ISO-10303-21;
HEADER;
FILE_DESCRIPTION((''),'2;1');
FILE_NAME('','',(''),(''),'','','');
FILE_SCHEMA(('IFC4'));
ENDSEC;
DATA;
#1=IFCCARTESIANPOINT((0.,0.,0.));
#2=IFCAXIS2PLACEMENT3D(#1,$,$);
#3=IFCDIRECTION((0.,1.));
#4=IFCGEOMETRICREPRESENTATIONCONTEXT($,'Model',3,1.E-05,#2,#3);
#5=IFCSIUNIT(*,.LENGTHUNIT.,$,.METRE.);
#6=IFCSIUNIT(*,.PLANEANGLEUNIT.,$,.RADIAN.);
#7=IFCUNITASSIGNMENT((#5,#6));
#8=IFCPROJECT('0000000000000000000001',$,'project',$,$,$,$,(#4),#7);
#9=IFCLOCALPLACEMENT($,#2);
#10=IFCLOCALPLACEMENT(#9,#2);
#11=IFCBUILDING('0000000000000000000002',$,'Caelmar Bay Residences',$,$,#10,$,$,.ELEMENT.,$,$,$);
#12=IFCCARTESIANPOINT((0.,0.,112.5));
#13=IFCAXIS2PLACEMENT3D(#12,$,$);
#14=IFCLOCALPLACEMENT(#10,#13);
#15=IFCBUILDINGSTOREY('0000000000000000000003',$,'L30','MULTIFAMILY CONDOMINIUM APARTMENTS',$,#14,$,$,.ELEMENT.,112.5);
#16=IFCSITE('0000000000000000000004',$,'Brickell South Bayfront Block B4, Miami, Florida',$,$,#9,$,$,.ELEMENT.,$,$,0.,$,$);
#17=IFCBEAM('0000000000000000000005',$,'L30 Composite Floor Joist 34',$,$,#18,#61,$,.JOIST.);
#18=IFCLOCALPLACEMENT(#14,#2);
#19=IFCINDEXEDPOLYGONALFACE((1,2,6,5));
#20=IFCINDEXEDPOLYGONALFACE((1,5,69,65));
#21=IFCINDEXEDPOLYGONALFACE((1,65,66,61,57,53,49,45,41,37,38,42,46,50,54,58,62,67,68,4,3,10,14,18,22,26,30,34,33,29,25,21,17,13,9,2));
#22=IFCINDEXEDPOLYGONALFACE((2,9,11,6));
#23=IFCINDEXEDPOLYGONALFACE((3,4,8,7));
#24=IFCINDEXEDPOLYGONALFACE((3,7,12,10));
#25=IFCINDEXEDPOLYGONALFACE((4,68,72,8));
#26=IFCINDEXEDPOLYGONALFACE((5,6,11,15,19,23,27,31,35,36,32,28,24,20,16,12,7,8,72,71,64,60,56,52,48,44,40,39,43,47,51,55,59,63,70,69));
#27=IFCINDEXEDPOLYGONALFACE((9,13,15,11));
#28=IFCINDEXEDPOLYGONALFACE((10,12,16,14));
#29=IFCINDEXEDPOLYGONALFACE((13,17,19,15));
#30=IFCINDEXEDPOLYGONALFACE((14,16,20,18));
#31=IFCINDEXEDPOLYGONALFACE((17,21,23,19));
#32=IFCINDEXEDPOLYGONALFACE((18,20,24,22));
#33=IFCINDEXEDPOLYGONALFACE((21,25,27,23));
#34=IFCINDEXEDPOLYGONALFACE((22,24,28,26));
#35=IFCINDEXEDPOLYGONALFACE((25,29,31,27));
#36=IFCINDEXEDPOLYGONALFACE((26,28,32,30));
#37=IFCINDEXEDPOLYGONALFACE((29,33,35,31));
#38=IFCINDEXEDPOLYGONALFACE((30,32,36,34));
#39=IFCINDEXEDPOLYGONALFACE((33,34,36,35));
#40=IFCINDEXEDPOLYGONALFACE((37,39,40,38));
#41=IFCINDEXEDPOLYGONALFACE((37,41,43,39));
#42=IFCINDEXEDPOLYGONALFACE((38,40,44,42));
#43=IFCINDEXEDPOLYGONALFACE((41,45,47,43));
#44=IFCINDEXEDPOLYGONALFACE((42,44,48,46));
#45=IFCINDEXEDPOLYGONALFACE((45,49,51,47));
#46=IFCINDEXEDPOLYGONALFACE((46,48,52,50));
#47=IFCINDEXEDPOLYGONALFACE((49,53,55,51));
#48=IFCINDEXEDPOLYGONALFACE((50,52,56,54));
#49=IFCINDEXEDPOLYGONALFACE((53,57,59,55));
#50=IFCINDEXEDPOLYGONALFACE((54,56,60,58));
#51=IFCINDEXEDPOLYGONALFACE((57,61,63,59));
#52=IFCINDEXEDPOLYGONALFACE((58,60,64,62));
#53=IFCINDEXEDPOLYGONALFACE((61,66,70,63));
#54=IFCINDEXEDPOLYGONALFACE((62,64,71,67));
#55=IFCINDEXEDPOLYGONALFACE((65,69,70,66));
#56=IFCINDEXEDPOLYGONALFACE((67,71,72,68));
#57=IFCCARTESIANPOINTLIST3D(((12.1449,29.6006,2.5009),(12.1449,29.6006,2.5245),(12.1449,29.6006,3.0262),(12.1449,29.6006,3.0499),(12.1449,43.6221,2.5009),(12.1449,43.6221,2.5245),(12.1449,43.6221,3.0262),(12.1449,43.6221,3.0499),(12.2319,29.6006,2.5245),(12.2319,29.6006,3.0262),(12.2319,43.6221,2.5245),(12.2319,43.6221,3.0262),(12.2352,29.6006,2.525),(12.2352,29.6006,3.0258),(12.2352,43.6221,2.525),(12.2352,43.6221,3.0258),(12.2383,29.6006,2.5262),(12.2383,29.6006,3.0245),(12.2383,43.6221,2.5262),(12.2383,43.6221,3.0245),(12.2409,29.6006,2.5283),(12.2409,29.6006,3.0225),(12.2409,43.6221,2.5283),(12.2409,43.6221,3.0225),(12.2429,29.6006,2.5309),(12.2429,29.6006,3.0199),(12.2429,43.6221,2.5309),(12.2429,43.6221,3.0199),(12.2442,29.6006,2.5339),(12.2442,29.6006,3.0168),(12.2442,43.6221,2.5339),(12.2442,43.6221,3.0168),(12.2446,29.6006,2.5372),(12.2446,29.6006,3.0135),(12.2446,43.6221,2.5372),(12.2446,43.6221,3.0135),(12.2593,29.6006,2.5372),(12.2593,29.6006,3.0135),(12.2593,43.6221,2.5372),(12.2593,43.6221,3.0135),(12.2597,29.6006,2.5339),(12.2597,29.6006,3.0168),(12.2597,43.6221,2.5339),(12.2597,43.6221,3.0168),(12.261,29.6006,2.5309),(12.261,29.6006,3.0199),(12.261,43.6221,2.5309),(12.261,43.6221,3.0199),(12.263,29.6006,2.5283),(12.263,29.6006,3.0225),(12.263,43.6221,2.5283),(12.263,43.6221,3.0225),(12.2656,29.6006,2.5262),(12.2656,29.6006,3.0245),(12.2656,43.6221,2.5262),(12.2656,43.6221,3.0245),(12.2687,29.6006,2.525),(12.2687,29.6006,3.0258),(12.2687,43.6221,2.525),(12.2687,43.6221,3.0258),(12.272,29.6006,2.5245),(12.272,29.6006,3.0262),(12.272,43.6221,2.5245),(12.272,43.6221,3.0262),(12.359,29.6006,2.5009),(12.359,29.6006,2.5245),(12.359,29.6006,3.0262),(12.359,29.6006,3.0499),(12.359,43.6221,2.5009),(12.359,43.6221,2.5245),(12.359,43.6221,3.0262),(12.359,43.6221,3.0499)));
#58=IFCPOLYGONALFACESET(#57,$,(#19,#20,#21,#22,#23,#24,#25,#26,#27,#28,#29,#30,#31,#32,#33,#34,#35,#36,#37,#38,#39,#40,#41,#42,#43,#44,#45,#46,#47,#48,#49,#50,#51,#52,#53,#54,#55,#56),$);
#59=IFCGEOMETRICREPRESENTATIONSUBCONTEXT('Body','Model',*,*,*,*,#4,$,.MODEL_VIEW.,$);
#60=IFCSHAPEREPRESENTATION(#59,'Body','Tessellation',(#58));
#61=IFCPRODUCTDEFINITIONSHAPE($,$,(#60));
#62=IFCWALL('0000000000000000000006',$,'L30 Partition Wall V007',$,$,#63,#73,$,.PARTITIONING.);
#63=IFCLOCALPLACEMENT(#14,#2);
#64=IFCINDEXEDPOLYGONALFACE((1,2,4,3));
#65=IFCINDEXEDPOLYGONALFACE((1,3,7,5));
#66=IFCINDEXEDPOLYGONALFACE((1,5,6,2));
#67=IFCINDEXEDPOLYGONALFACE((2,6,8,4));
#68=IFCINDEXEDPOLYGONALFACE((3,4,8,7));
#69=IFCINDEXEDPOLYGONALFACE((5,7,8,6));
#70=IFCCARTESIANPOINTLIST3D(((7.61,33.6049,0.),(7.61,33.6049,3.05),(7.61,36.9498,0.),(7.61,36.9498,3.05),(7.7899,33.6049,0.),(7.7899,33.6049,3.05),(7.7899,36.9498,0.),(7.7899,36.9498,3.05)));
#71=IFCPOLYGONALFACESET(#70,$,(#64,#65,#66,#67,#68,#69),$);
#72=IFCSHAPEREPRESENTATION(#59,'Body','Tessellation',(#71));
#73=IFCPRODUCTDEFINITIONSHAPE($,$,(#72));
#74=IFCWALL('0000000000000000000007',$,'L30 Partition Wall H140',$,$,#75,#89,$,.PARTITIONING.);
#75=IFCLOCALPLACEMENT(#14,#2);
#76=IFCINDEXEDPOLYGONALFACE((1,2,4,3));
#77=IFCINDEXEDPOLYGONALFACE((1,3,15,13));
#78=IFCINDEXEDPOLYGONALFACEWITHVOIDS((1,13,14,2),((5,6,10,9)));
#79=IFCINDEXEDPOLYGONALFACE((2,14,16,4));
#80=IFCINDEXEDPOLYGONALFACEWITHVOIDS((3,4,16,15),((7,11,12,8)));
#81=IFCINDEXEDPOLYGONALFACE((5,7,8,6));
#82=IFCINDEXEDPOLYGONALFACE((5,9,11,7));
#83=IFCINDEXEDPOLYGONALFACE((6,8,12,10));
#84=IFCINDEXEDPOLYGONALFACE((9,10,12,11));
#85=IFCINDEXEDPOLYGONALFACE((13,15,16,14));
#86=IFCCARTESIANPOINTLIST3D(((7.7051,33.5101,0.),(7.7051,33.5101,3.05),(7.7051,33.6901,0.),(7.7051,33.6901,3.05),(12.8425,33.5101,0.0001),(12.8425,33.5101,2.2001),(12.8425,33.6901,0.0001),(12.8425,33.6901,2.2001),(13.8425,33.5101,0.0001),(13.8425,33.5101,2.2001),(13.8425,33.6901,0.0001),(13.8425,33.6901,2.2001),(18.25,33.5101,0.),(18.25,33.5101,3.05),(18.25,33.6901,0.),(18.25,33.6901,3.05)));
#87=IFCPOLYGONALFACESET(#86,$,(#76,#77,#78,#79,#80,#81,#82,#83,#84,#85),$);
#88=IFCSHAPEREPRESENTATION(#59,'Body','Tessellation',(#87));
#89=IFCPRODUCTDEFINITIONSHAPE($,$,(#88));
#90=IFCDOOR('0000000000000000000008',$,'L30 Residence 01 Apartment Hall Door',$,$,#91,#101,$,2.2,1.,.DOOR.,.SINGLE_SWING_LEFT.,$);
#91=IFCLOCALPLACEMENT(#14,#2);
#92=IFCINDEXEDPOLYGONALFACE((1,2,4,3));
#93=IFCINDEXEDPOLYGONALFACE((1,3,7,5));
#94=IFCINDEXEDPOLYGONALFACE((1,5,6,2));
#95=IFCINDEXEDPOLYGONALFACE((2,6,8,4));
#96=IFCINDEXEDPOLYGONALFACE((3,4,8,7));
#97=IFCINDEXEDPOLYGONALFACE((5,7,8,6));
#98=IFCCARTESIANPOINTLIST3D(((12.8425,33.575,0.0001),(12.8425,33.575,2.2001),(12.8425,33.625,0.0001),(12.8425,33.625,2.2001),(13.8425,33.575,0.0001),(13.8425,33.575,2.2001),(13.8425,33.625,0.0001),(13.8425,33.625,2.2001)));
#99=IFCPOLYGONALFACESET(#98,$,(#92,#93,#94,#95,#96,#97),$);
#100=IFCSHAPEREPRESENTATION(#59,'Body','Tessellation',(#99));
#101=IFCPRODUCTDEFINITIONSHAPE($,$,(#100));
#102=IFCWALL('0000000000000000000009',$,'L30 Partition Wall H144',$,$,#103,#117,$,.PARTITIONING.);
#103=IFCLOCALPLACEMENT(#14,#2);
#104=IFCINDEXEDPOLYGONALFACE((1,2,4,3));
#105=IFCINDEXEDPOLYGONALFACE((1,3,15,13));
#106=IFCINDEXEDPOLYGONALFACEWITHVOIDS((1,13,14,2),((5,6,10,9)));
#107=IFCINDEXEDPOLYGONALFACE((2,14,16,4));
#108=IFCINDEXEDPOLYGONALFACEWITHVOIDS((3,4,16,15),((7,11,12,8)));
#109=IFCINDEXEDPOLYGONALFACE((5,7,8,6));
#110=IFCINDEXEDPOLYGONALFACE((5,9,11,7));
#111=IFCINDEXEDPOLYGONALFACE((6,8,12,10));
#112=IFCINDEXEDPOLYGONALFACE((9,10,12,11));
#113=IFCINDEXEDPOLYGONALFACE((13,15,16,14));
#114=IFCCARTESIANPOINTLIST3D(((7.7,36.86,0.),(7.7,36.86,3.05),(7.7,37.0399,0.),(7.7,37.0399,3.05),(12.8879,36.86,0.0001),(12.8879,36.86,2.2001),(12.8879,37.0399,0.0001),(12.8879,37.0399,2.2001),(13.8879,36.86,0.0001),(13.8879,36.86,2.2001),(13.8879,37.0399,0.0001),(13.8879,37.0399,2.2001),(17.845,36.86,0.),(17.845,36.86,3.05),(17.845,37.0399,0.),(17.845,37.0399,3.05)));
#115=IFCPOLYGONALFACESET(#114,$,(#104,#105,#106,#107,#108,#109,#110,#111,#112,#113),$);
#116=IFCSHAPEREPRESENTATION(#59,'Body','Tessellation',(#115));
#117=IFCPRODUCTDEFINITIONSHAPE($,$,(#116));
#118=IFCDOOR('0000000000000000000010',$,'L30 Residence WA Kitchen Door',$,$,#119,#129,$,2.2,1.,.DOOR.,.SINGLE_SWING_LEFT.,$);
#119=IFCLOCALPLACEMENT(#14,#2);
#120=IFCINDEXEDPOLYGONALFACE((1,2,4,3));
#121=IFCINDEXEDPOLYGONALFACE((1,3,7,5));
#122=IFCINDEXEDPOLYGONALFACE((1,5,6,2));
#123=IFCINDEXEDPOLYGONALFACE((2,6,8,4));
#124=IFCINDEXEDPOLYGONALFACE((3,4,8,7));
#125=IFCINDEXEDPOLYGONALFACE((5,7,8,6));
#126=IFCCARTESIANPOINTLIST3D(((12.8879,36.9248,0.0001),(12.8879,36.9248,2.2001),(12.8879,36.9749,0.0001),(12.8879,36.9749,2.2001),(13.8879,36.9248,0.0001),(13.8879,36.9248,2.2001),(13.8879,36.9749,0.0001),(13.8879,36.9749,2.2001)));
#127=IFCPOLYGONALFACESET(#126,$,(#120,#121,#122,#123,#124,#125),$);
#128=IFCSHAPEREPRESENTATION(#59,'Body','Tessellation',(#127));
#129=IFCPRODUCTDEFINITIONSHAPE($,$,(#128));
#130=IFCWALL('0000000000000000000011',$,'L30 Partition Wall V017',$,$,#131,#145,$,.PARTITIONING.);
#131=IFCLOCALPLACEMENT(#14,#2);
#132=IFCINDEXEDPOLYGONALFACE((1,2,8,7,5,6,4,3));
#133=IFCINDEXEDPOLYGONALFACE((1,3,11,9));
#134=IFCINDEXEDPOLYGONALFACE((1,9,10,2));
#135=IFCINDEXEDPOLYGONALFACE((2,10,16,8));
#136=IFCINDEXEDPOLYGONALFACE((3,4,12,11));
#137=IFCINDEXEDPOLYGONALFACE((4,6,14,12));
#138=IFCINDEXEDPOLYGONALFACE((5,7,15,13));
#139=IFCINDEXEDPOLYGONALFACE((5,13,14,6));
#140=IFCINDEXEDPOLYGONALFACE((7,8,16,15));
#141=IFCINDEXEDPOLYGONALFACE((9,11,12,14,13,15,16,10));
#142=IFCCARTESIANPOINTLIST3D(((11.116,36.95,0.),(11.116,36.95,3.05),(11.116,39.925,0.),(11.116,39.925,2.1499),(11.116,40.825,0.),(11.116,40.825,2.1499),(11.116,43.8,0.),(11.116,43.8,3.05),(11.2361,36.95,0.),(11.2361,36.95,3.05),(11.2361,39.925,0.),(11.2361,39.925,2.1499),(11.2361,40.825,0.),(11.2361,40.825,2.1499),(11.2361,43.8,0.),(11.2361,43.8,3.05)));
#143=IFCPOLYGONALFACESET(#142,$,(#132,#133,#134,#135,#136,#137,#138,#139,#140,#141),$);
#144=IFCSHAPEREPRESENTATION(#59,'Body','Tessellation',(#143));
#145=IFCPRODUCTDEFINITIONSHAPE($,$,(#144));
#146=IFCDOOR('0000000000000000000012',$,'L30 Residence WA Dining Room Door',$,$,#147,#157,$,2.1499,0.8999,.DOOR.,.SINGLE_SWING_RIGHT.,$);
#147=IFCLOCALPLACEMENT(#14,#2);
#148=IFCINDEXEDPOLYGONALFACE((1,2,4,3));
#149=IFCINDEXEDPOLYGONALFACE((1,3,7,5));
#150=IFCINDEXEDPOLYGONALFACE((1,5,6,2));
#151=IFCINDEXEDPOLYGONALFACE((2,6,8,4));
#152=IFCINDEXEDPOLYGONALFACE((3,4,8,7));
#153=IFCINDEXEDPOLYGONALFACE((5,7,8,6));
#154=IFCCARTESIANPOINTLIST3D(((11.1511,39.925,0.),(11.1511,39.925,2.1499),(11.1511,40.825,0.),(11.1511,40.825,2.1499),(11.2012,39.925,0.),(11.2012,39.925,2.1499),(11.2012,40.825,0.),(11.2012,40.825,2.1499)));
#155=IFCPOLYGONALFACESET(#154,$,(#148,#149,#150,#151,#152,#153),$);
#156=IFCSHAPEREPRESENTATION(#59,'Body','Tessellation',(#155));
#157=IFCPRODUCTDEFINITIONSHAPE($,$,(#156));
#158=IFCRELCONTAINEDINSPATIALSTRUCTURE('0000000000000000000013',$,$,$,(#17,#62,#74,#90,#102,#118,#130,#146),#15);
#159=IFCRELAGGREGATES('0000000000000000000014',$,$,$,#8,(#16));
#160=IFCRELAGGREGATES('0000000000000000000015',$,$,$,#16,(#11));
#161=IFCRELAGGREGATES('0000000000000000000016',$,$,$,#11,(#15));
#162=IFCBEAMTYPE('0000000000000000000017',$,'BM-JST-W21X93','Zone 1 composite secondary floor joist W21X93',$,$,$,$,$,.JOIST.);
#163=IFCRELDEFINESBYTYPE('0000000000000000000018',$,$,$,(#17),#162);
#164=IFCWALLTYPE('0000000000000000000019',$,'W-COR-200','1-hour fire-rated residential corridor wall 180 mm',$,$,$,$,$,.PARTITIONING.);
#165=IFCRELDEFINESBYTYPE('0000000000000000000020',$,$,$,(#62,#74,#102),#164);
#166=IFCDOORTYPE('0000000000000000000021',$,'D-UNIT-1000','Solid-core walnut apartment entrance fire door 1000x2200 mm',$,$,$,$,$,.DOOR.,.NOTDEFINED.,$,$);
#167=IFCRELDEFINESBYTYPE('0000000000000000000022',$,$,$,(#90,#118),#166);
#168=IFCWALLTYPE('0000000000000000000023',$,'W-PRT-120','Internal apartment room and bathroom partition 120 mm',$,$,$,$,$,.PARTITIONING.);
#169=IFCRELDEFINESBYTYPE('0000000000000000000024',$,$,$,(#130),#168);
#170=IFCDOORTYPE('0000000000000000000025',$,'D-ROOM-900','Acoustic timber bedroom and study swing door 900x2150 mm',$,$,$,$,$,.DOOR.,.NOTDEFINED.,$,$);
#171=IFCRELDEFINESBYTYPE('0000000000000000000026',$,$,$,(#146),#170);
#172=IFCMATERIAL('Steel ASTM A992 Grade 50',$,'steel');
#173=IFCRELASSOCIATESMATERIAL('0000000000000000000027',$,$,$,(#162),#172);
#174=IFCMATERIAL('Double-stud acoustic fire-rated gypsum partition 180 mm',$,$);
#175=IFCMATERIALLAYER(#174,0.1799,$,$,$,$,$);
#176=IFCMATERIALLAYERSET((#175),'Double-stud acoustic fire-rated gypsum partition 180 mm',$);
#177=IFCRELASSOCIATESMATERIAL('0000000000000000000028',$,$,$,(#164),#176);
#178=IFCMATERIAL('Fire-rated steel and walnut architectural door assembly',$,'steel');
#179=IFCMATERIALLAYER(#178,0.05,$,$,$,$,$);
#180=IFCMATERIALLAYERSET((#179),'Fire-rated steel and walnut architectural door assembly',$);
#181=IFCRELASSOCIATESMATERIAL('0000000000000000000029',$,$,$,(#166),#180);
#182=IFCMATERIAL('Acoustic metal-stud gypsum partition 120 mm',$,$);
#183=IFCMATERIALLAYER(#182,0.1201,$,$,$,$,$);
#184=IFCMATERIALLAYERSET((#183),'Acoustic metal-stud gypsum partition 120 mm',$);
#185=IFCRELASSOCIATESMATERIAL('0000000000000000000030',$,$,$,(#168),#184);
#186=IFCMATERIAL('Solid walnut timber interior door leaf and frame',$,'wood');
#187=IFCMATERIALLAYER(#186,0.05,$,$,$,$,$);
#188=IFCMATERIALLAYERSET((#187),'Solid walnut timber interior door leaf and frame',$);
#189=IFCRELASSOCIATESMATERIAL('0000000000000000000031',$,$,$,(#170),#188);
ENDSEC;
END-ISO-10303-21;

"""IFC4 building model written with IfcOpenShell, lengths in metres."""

from ifc_helpers import new_model, si_unit, direction, frame, frame_2d, origin, origin_2d, place, context, subcontext, project, spatial, rectangle, i_section, extrude, material, layer, layer_set, material_profile, profile_set, type_object, element, fill, save


model = new_model("IFC4")

# Units and contexts
model_context = context("Model", 3, precision=1e-05, world=origin(), true_north=direction((0.0, 1.0)))
body_context = subcontext(model_context, "Body", "Model", "MODEL_VIEW")
ifc_project = project(units=[si_unit("LENGTHUNIT", "METRE"), si_unit("PLANEANGLEUNIT", "RADIAN")], contexts=[model_context])

# Site, building, storey
site_placement = place(None, origin())
site = spatial("IfcSite", under=ifc_project, at=site_placement, Name="Brickell South Bayfront Block B4, Miami, Florida", CompositionType="ELEMENT", RefElevation=0.0)
building_placement = place(site_placement, origin())
building = spatial("IfcBuilding", under=site, at=building_placement, Name="Caelmar Bay Residences", CompositionType="ELEMENT")
storey_placement = place(building_placement, frame((0.0, 0.0, 112.5)))
storey = spatial("IfcBuildingStorey", under=building, at=storey_placement, Name="L30", Description="MULTIFAMILY CONDOMINIUM APARTMENTS", CompositionType="ELEMENT", Elevation=112.5)

# Beam
ifc_material_1 = material(Name="Steel ASTM A992 Grade 50", Category="steel")
ifc_material_profile_1 = material_profile(ifc_material_1, i_section(OverallWidth=0.2141, OverallDepth=0.5491, WebThickness=0.0146, FlangeThickness=0.0237, FilletRadius=0.0127, at=origin_2d()), Name="W21X93")
ifc_profile_set_1 = profile_set([ifc_material_profile_1], Name="Steel ASTM A992 Grade 50")
beam_type_1 = type_object("IfcBeamType", Name="BM-JST-W21X93", Description="Zone 1 composite secondary floor joist W21X93", PredefinedType="JOIST", material=ifc_profile_set_1)
beam_1_placement = place(storey_placement, frame((12.252, 29.6006, 2.7754), z_axis=(0.0, 1.0, 0.0), x_axis=(-1.0, 0.0, 0.0)))
element("IfcBeam", 1, at=beam_1_placement, inside=storey, type_object=beam_type_1, Name="L30 Composite Floor Joist 34", PredefinedType="JOIST", context=body_context, shape_type="SweptSolid", body=[
    extrude(i_section(OverallWidth=0.2141, OverallDepth=0.5491, WebThickness=0.0146, FlangeThickness=0.0237, FilletRadius=0.0127, at=origin_2d()), origin(), (0.0, 0.0, 1.0), 14.0215),
])

# Wall
ifc_material_2 = material(Name="Double-stud acoustic fire-rated gypsum partition 180 mm")
ifc_layer_1 = layer(ifc_material_2, 0.1799)
ifc_layer_set_1 = layer_set([ifc_layer_1], Name="Double-stud acoustic fire-rated gypsum partition 180 mm")
wall_type_1 = type_object("IfcWallType", Name="W-COR-200", Description="1-hour fire-rated residential corridor wall 180 mm", PredefinedType="PARTITIONING", material=ifc_layer_set_1)
wall_1_placement = place(storey_placement, frame((7.7, 33.605, 0.0), z_axis=(0.0, 0.0, 1.0), x_axis=(0.0, 1.0, 0.0)))
element("IfcWall", 2, at=wall_1_placement, inside=storey, type_object=wall_type_1, Name="L30 Partition Wall V007", PredefinedType="PARTITIONING", context=body_context, shape_type="SweptSolid", body=[
    extrude(rectangle(XDim=3.345, YDim=0.1799, at=frame_2d((1.6724, 0.0))), origin(), (0.0, 0.0, 1.0), 3.05),
])

# Walls, openings, doors
wall_2_placement = place(storey_placement, frame((7.7051, 33.6001, 0.0), z_axis=(0.0, 0.0, 1.0), x_axis=(1.0, 0.0, 0.0)))
wall_2 = element("IfcWall", 3, at=wall_2_placement, inside=storey, type_object=wall_type_1, Name="L30 Partition Wall H140", PredefinedType="PARTITIONING", context=body_context, shape_type="SweptSolid", body=[
    extrude(rectangle(XDim=10.5449, YDim=0.1799, at=frame_2d((5.2725, 0.0))), origin(), (0.0, 0.0, 1.0), 3.05),
])
opening_1_placement = place(wall_2_placement, frame((5.1375, 0.0, 0.0)))
opening_1 = element("IfcOpeningElement", 4, at=opening_1_placement, cuts=wall_2, PredefinedType="OPENING", context=body_context, shape_type="SweptSolid", body=[
    extrude(rectangle(XDim=1.0, YDim=2.2, at=frame_2d((0.5, 1.1001))), frame((0.0, 0.0999, 0.0), z_axis=(0.0, -1.0, 0.0), x_axis=(1.0, 0.0, 0.0)), (0.0, 0.0, 1.0), 0.2),
])
ifc_material_3 = material(Name="Fire-rated steel and walnut architectural door assembly", Category="steel")
ifc_layer_2 = layer(ifc_material_3, 0.05)
ifc_layer_set_2 = layer_set([ifc_layer_2], Name="Fire-rated steel and walnut architectural door assembly")
door_type_1 = type_object("IfcDoorType", Name="D-UNIT-1000", Description="Solid-core walnut apartment entrance fire door 1000x2200 mm", OperationType="NOTDEFINED", PredefinedType="DOOR", material=ifc_layer_set_2)
door_1_placement = place(opening_1_placement, origin())
door_1 = element("IfcDoor", 5, at=door_1_placement, inside=storey, type_object=door_type_1, Name="L30 Residence 01 Apartment Hall Door", OperationType="SINGLE_SWING_LEFT", OverallHeight=2.2, OverallWidth=1.0, PredefinedType="DOOR", context=body_context, shape_type="SweptSolid", body=[
    extrude(rectangle(XDim=1.0, YDim=2.2, at=frame_2d((0.5, 1.1001))), frame((0.0, 0.0249, 0.0), z_axis=(0.0, -1.0, 0.0), x_axis=(1.0, 0.0, 0.0)), (0.0, 0.0, 1.0), 0.05),
])
fill(opening_1, door_1)
wall_3_placement = place(storey_placement, frame((7.7, 36.95, 0.0), z_axis=(0.0, 0.0, 1.0), x_axis=(1.0, 0.0, 0.0)))
wall_3 = element("IfcWall", 6, at=wall_3_placement, inside=storey, type_object=wall_type_1, Name="L30 Partition Wall H144", PredefinedType="PARTITIONING", context=body_context, shape_type="SweptSolid", body=[
    extrude(rectangle(XDim=10.145, YDim=0.1799, at=frame_2d((5.0725, 0.0))), origin(), (0.0, 0.0, 1.0), 3.05),
])
opening_2_placement = place(wall_3_placement, frame((5.188, 0.0, 0.0)))
opening_2 = element("IfcOpeningElement", 7, at=opening_2_placement, cuts=wall_3, PredefinedType="OPENING", context=body_context, shape_type="SweptSolid", body=[
    extrude(rectangle(XDim=1.0, YDim=2.2, at=frame_2d((0.5, 1.1001))), frame((0.0, 0.0999, 0.0), z_axis=(0.0, -1.0, 0.0), x_axis=(1.0, 0.0, 0.0)), (0.0, 0.0, 1.0), 0.2),
])
door_2_placement = place(opening_2_placement, origin())
door_2 = element("IfcDoor", 8, at=door_2_placement, inside=storey, type_object=door_type_1, Name="L30 Residence WA Kitchen Door", OperationType="SINGLE_SWING_LEFT", OverallHeight=2.2, OverallWidth=1.0, PredefinedType="DOOR", context=body_context, shape_type="SweptSolid", body=[
    extrude(rectangle(XDim=1.0, YDim=2.2, at=frame_2d((0.5, 1.1001))), frame((0.0, 0.0249, 0.0), z_axis=(0.0, -1.0, 0.0), x_axis=(1.0, 0.0, 0.0)), (0.0, 0.0, 1.0), 0.05),
])
fill(opening_2, door_2)
ifc_material_4 = material(Name="Acoustic metal-stud gypsum partition 120 mm")
ifc_layer_3 = layer(ifc_material_4, 0.1201)
ifc_layer_set_3 = layer_set([ifc_layer_3], Name="Acoustic metal-stud gypsum partition 120 mm")
wall_type_2 = type_object("IfcWallType", Name="W-PRT-120", Description="Internal apartment room and bathroom partition 120 mm", PredefinedType="PARTITIONING", material=ifc_layer_set_3)
wall_4_placement = place(storey_placement, frame((11.176, 36.95, 0.0), z_axis=(0.0, 0.0, 1.0), x_axis=(0.0, 1.0, 0.0)))
wall_4 = element("IfcWall", 9, at=wall_4_placement, inside=storey, type_object=wall_type_2, Name="L30 Partition Wall V017", PredefinedType="PARTITIONING", context=body_context, shape_type="SweptSolid", body=[
    extrude(rectangle(XDim=6.8501, YDim=0.1201, at=frame_2d((3.425, 0.0))), origin(), (0.0, 0.0, 1.0), 3.05),
])
opening_3_placement = place(wall_4_placement, frame((2.9751, 0.0, 0.0)))
opening_3 = element("IfcOpeningElement", 10, at=opening_3_placement, cuts=wall_4, PredefinedType="OPENING", context=body_context, shape_type="SweptSolid", body=[
    extrude(rectangle(XDim=0.8999, YDim=2.1499, at=frame_2d((0.45, 1.075))), frame((0.0, 0.0701, 0.0), z_axis=(0.0, -1.0, 0.0), x_axis=(1.0, 0.0, 0.0)), (0.0, 0.0, 1.0), 0.1401),
])
ifc_material_5 = material(Name="Solid walnut timber interior door leaf and frame", Category="wood")
ifc_layer_4 = layer(ifc_material_5, 0.05)
ifc_layer_set_4 = layer_set([ifc_layer_4], Name="Solid walnut timber interior door leaf and frame")
door_type_2 = type_object("IfcDoorType", Name="D-ROOM-900", Description="Acoustic timber bedroom and study swing door 900x2150 mm", OperationType="NOTDEFINED", PredefinedType="DOOR", material=ifc_layer_set_4)
door_3_placement = place(opening_3_placement, origin())
door_3 = element("IfcDoor", 11, at=door_3_placement, inside=storey, type_object=door_type_2, Name="L30 Residence WA Dining Room Door", OperationType="SINGLE_SWING_RIGHT", OverallHeight=2.1499, OverallWidth=0.8999, PredefinedType="DOOR", context=body_context, shape_type="SweptSolid", body=[
    extrude(rectangle(XDim=0.8999, YDim=2.1499, at=frame_2d((0.45, 1.075))), frame((0.0, 0.0249, 0.0), z_axis=(0.0, -1.0, 0.0), x_axis=(1.0, 0.0, 0.0)), (0.0, 0.0, 1.0), 0.05),
])
fill(opening_3, door_3)

save(model, "model.ifc")
